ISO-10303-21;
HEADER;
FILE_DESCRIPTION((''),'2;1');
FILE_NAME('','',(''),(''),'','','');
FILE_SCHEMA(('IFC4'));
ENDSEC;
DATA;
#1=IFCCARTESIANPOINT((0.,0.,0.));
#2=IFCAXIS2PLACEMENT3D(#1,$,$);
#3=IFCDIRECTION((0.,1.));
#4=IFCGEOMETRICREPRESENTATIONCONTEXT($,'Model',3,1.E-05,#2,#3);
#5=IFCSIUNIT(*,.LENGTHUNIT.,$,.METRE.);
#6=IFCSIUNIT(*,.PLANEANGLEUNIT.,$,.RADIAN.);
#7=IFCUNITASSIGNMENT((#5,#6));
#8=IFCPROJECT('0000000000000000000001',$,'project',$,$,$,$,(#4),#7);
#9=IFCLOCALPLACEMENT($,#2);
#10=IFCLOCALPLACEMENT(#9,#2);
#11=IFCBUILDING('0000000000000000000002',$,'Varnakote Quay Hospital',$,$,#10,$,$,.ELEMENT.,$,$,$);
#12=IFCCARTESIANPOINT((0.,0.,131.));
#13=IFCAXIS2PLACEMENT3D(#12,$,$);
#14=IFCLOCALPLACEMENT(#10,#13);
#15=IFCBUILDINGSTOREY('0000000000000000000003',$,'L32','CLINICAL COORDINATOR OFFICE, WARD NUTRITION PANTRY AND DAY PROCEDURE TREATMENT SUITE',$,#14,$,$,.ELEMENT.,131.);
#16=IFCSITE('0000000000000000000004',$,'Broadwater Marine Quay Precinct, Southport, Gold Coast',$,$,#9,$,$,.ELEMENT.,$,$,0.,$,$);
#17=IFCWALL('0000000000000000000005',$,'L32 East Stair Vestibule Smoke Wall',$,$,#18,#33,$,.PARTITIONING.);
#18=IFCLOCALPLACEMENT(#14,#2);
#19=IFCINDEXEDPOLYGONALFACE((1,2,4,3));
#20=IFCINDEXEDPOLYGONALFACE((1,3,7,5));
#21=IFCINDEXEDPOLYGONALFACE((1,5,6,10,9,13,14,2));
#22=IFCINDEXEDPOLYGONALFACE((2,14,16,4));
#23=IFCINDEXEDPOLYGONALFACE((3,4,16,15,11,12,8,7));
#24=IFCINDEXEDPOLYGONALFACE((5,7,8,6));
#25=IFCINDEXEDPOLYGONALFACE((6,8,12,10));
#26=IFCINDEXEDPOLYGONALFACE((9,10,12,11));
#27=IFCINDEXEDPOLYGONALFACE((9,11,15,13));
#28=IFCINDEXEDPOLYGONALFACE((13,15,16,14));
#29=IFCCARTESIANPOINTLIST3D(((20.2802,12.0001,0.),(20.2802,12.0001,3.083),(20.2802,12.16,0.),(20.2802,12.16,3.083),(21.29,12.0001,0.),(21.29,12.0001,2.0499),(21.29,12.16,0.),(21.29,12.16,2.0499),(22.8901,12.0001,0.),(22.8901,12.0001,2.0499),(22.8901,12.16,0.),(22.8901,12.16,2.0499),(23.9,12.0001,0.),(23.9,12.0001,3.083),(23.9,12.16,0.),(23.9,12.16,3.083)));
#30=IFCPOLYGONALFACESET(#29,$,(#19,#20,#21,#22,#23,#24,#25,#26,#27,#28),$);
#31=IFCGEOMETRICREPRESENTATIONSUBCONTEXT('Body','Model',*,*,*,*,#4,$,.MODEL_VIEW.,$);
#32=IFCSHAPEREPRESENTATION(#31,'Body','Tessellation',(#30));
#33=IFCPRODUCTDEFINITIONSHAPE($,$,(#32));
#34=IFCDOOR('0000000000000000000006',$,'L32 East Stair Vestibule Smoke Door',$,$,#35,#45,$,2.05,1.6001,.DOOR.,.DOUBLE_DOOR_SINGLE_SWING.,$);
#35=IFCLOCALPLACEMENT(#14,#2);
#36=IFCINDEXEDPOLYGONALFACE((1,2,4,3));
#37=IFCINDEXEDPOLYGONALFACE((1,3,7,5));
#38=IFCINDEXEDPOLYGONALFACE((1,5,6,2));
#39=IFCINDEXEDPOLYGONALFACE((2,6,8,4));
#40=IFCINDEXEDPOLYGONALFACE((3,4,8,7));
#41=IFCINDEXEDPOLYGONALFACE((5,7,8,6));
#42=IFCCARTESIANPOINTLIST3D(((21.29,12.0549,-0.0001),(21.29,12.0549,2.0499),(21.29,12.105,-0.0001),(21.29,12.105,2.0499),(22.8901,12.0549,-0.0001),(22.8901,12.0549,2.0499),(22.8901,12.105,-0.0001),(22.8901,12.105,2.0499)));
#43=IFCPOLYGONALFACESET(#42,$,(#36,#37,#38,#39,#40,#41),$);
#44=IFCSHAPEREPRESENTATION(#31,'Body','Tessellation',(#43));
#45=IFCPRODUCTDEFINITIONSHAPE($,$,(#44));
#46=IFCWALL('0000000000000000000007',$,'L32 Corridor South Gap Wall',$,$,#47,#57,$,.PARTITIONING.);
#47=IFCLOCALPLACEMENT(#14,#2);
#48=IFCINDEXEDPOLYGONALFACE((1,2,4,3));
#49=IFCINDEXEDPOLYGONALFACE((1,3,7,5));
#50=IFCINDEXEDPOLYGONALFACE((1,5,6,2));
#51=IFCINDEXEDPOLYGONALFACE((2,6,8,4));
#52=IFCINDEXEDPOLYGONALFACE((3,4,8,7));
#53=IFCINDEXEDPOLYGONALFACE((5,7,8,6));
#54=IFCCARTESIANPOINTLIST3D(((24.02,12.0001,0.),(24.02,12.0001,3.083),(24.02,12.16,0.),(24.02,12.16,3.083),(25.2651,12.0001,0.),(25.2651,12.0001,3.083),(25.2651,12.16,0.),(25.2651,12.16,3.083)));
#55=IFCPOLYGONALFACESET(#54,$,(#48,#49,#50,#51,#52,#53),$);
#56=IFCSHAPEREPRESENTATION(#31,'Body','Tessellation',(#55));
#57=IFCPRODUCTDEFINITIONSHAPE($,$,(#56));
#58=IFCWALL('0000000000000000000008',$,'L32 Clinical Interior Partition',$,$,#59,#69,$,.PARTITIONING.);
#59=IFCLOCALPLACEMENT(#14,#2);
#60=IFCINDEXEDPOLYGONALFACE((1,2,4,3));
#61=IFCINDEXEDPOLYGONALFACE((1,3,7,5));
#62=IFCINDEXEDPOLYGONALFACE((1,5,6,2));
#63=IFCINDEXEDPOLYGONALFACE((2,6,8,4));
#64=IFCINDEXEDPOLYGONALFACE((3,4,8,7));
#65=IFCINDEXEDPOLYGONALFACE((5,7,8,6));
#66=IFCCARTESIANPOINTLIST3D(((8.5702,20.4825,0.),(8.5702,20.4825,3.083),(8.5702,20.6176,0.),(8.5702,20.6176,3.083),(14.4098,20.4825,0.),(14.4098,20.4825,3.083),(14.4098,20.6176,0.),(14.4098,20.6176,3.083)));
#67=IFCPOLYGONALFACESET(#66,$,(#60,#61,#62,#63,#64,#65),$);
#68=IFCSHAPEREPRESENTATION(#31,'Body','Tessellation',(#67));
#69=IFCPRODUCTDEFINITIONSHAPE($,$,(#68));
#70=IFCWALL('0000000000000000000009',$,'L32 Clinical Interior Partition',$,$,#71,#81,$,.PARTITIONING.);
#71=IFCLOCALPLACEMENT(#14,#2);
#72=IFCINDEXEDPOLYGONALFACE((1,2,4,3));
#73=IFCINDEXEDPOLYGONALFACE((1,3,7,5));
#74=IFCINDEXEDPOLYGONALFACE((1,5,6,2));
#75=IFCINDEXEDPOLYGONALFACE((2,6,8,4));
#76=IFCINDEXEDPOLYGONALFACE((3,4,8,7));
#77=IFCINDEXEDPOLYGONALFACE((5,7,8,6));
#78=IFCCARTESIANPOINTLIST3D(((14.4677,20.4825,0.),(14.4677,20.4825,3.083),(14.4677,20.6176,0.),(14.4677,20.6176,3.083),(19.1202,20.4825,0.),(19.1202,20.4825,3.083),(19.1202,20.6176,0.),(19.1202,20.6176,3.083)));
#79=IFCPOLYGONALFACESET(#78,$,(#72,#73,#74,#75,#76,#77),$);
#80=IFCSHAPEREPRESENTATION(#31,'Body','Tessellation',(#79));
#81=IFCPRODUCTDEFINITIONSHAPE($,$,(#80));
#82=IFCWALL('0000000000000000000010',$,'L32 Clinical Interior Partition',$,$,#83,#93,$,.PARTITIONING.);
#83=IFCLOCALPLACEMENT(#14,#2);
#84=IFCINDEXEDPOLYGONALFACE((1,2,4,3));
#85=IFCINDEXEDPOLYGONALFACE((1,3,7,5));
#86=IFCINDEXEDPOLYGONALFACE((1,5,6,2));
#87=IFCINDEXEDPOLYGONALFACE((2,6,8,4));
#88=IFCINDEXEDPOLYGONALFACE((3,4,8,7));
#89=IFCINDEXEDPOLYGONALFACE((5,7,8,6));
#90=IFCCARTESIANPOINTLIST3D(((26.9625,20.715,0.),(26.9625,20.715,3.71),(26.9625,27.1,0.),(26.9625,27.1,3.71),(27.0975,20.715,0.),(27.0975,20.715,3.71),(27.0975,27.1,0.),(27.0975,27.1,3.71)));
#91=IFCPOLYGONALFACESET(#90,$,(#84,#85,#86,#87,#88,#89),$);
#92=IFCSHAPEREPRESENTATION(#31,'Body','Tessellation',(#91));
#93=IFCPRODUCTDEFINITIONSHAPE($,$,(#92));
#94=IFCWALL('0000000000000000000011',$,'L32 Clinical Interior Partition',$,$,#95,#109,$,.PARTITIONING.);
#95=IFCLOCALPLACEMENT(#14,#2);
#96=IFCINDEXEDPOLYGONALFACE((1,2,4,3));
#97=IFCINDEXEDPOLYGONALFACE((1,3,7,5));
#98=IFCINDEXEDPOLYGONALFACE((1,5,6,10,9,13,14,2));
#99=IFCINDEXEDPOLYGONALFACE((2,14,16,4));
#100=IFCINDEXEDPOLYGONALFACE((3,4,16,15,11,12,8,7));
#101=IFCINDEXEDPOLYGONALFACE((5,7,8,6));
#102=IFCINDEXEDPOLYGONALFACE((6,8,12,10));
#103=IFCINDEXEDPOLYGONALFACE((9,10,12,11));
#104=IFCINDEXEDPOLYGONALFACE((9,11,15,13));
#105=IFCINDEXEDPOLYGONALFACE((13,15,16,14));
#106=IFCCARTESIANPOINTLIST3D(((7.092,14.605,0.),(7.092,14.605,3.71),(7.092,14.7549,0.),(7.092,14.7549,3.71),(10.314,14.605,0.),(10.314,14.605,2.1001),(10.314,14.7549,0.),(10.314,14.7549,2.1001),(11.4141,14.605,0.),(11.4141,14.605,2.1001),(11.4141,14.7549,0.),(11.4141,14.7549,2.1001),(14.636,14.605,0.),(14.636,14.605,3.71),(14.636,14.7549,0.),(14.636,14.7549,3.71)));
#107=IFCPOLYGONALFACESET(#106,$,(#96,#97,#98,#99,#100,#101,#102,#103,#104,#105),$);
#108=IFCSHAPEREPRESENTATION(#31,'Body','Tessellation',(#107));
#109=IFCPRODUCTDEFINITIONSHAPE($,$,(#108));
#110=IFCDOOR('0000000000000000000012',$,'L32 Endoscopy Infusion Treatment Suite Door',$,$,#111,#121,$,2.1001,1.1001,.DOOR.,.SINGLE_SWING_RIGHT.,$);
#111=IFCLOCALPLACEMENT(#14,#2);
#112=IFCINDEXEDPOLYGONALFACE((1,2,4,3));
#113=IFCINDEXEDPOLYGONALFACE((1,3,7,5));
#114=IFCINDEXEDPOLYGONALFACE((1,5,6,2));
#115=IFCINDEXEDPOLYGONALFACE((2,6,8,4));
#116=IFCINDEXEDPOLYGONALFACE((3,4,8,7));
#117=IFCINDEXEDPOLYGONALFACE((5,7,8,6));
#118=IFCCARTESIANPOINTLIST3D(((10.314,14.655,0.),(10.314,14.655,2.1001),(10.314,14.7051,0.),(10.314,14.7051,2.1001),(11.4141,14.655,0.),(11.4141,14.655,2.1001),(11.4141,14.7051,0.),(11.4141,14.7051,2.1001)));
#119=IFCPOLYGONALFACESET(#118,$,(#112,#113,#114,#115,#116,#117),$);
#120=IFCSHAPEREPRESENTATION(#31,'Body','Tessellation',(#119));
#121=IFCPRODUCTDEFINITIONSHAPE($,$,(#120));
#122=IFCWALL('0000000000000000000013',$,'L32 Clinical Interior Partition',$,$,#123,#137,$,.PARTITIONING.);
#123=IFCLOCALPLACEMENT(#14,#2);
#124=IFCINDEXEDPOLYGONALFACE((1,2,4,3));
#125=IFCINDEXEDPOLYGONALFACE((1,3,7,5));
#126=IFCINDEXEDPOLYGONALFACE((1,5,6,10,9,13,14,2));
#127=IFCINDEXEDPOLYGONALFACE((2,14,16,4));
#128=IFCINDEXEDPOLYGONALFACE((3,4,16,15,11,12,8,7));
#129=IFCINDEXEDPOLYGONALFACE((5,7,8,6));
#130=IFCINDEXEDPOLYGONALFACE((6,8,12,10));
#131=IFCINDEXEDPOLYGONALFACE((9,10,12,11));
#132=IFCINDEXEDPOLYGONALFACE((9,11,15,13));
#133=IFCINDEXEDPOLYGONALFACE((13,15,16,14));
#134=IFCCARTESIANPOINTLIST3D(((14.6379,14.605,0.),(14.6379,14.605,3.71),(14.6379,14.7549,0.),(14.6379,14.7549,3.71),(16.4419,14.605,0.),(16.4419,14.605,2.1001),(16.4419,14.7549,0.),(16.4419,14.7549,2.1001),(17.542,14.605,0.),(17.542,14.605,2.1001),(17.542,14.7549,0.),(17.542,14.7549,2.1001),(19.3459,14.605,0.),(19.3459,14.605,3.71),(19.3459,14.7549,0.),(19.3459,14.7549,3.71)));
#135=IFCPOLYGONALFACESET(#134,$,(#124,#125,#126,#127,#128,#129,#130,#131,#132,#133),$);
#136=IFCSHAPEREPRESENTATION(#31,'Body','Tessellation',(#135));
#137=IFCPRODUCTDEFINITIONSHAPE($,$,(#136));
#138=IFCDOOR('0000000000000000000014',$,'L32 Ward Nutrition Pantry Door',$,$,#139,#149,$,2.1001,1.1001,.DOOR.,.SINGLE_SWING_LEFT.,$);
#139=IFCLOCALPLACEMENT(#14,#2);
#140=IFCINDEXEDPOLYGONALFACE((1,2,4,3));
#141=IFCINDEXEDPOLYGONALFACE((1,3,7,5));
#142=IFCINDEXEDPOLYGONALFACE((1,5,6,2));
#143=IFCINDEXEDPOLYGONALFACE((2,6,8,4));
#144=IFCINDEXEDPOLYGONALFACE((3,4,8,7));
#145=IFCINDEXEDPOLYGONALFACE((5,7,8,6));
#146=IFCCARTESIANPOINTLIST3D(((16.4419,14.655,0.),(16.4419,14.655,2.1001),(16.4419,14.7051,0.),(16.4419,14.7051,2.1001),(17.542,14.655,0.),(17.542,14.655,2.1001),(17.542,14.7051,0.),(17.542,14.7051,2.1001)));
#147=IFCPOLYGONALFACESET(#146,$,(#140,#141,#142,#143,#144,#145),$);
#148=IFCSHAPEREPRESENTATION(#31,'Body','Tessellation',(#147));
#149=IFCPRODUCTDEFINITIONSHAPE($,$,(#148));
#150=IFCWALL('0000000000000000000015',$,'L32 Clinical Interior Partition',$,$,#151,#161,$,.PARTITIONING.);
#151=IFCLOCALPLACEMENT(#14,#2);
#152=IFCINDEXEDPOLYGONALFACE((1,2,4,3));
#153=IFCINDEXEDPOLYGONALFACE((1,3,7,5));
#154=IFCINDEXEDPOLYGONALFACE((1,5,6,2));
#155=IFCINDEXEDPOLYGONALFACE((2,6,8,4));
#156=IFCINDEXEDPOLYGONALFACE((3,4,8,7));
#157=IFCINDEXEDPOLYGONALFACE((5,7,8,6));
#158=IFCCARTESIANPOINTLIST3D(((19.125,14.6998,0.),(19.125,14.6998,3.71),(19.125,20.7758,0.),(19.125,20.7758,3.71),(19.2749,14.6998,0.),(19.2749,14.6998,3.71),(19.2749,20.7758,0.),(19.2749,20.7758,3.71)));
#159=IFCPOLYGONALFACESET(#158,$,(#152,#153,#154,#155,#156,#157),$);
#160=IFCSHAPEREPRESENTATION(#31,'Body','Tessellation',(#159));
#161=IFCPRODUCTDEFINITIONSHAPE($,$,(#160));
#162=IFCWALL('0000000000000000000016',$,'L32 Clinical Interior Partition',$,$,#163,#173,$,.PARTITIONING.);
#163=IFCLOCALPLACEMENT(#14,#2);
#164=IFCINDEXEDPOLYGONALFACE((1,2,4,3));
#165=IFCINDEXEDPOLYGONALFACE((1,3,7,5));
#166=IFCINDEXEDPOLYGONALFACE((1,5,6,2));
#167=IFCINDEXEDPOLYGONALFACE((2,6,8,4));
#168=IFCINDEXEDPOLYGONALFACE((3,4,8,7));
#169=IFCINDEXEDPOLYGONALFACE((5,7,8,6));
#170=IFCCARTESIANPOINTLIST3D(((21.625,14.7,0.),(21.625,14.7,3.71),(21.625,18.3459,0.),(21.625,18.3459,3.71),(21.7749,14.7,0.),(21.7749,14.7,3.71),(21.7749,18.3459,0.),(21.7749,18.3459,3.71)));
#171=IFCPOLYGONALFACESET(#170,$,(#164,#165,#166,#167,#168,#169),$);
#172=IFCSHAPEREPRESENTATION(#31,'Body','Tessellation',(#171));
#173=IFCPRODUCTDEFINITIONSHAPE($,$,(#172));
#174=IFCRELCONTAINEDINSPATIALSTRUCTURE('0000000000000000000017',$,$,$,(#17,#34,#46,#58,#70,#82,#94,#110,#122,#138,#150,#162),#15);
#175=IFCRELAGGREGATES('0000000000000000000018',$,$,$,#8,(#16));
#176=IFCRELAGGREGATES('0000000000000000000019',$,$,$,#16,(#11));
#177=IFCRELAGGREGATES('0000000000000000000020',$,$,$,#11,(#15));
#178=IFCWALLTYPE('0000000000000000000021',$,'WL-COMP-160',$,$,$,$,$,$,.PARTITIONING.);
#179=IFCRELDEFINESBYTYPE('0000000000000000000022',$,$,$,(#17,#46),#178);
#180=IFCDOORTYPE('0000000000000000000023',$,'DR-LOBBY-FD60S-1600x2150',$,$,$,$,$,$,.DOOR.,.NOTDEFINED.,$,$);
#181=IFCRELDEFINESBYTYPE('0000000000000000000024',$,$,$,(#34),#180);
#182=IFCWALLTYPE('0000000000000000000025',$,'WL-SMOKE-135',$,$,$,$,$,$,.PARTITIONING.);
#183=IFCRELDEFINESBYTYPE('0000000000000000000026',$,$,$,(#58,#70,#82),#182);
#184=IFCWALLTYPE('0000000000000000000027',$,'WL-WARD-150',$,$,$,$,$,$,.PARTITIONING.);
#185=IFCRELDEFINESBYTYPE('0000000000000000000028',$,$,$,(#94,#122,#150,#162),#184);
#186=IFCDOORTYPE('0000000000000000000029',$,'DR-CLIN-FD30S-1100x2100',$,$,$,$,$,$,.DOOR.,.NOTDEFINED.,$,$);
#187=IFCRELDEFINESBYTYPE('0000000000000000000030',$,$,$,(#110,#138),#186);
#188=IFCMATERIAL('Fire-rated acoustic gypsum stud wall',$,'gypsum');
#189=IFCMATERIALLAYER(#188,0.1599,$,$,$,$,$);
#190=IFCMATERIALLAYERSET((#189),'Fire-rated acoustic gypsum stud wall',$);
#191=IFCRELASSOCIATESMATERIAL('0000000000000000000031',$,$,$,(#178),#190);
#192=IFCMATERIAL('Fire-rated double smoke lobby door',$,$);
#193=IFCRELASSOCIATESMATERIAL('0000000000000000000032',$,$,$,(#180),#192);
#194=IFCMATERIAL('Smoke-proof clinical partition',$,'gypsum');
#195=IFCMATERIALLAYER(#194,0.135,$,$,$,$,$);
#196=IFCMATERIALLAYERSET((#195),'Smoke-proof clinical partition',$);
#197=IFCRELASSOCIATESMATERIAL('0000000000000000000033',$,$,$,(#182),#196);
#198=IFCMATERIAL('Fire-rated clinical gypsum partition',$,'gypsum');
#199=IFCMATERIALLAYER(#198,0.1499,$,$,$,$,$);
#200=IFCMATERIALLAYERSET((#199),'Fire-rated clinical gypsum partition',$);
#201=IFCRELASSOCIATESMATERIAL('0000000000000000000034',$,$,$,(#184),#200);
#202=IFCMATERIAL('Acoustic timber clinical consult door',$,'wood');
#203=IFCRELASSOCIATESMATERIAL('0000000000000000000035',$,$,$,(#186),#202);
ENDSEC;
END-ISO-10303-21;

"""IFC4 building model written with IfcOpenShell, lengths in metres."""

from ifc_helpers import new_model, si_unit, direction, frame, frame_2d, origin, place, context, subcontext, project, spatial, rectangle, extrude, material, layer, layer_set, type_object, element, fill, save


model = new_model("IFC4")

# Units and contexts
model_context = context("Model", 3, precision=1e-05, world=origin(), true_north=direction((0.0, 1.0)))
body_context = subcontext(model_context, "Body", "Model", "MODEL_VIEW")
ifc_project = project(units=[si_unit("LENGTHUNIT", "METRE"), si_unit("PLANEANGLEUNIT", "RADIAN")], contexts=[model_context])

# Site, building, storey
site_placement = place(None, origin())
site = spatial("IfcSite", under=ifc_project, at=site_placement, Name="Broadwater Marine Quay Precinct, Southport, Gold Coast", CompositionType="ELEMENT", RefElevation=0.0)
building_placement = place(site_placement, origin())
building = spatial("IfcBuilding", under=site, at=building_placement, Name="Varnakote Quay Hospital", CompositionType="ELEMENT")
storey_placement = place(building_placement, frame((0.0, 0.0, 131.0)))
storey = spatial("IfcBuildingStorey", under=building, at=storey_placement, Name="L32", Description="CLINICAL COORDINATOR OFFICE, WARD NUTRITION PANTRY AND DAY PROCEDURE TREATMENT SUITE", CompositionType="ELEMENT", Elevation=131.0)

# Wall, opening, door
ifc_material_1 = material(Name="Fire-rated acoustic gypsum stud wall", Category="gypsum")
ifc_layer_1 = layer(ifc_material_1, 0.1599)
ifc_layer_set_1 = layer_set([ifc_layer_1], Name="Fire-rated acoustic gypsum stud wall")
wall_type_1 = type_object("IfcWallType", Name="WL-COMP-160", PredefinedType="PARTITIONING", material=ifc_layer_set_1)
wall_1_placement = place(storey_placement, frame((20.28, 12.0801, 0.0), z_axis=(0.0, 0.0, 1.0), x_axis=(1.0, 0.0, 0.0)))
wall_1 = element("IfcWall", 1, at=wall_1_placement, inside=storey, type_object=wall_type_1, Name="L32 East Stair Vestibule Smoke Wall", PredefinedType="PARTITIONING", context=body_context, shape_type="SweptSolid", body=[
    extrude(rectangle(XDim=3.6199, YDim=0.1599, at=frame_2d((1.8101, 0.0))), origin(), (0.0, 0.0, 1.0), 3.083),
])
opening_1_placement = place(wall_1_placement, frame((1.01, 0.0, 0.0)))
opening_1 = element("IfcOpeningElement", 2, at=opening_1_placement, cuts=wall_1, PredefinedType="OPENING", context=body_context, shape_type="SweptSolid", body=[
    extrude(rectangle(XDim=1.6001, YDim=2.05, at=frame_2d((0.8, 1.0249))), frame((0.0, 0.0898, 0.0), z_axis=(0.0, -1.0, 0.0), x_axis=(1.0, 0.0, 0.0)), (0.0, 0.0, 1.0), 0.1799),
])
ifc_material_2 = material(Name="Fire-rated double smoke lobby door")
door_type_1 = type_object("IfcDoorType", Name="DR-LOBBY-FD60S-1600x2150", OperationType="NOTDEFINED", PredefinedType="DOOR", material=ifc_material_2)
door_1_placement = place(opening_1_placement, origin())
door_1 = element("IfcDoor", 3, at=door_1_placement, inside=storey, type_object=door_type_1, Name="L32 East Stair Vestibule Smoke Door", OperationType="DOUBLE_DOOR_SINGLE_SWING", OverallHeight=2.05, OverallWidth=1.6001, PredefinedType="DOOR", context=body_context, shape_type="SweptSolid", body=[
    extrude(rectangle(XDim=1.6001, YDim=2.05, at=frame_2d((0.8, 1.0249))), frame((0.0, 0.0249, 0.0), z_axis=(0.0, -1.0, 0.0), x_axis=(1.0, 0.0, 0.0)), (0.0, 0.0, 1.0), 0.05),
])
fill(opening_1, door_1)

# Walls
wall_2_placement = place(storey_placement, frame((24.02, 12.0801, 0.0), z_axis=(0.0, 0.0, 1.0), x_axis=(1.0, 0.0, 0.0)))
element("IfcWall", 4, at=wall_2_placement, inside=storey, type_object=wall_type_1, Name="L32 Corridor South Gap Wall", PredefinedType="PARTITIONING", context=body_context, shape_type="SweptSolid", body=[
    extrude(rectangle(XDim=1.2451, YDim=0.1599, at=frame_2d((0.6226, 0.0))), origin(), (0.0, 0.0, 1.0), 3.083),
])
ifc_material_3 = material(Name="Smoke-proof clinical partition", Category="gypsum")
ifc_layer_2 = layer(ifc_material_3, 0.135)
ifc_layer_set_2 = layer_set([ifc_layer_2], Name="Smoke-proof clinical partition")
wall_type_2 = type_object("IfcWallType", Name="WL-SMOKE-135", PredefinedType="PARTITIONING", material=ifc_layer_set_2)
wall_3_placement = place(storey_placement, frame((14.4099, 20.55, 0.0), z_axis=(0.0, 0.0, 1.0), x_axis=(-1.0, 0.0, 0.0)))
element("IfcWall", 5, at=wall_3_placement, inside=storey, type_object=wall_type_2, Name="L32 Clinical Interior Partition", PredefinedType="PARTITIONING", context=body_context, shape_type="SweptSolid", body=[
    extrude(rectangle(XDim=5.8396, YDim=0.135, at=frame_2d((2.9199, 0.0))), origin(), (0.0, 0.0, 1.0), 3.083),
])
wall_4_placement = place(storey_placement, frame((19.1201, 20.55, 0.0), z_axis=(0.0, 0.0, 1.0), x_axis=(-1.0, 0.0, 0.0)))
element("IfcWall", 6, at=wall_4_placement, inside=storey, type_object=wall_type_2, Name="L32 Clinical Interior Partition", PredefinedType="PARTITIONING", context=body_context, shape_type="SweptSolid", body=[
    extrude(rectangle(XDim=4.6526, YDim=0.135, at=frame_2d((2.3262, 0.0))), origin(), (0.0, 0.0, 1.0), 3.083),
])
wall_5_placement = place(storey_placement, frame((27.03, 20.7151, 0.0), z_axis=(0.0, 0.0, 1.0), x_axis=(0.0, 1.0, 0.0)))
element("IfcWall", 7, at=wall_5_placement, inside=storey, type_object=wall_type_2, Name="L32 Clinical Interior Partition", PredefinedType="PARTITIONING", context=body_context, shape_type="SweptSolid", body=[
    extrude(rectangle(XDim=6.385, YDim=0.135, at=frame_2d((3.1924, 0.0))), origin(), (0.0, 0.0, 1.0), 3.71),
])

# Walls, openings, doors
ifc_material_4 = material(Name="Fire-rated clinical gypsum partition", Category="gypsum")
ifc_layer_3 = layer(ifc_material_4, 0.1499)
ifc_layer_set_3 = layer_set([ifc_layer_3], Name="Fire-rated clinical gypsum partition")
wall_type_3 = type_object("IfcWallType", Name="WL-WARD-150", PredefinedType="PARTITIONING", material=ifc_layer_set_3)
wall_6_placement = place(storey_placement, frame((14.636, 14.6799, 0.0), z_axis=(0.0, 0.0, 1.0), x_axis=(-1.0, 0.0, 0.0)))
wall_6 = element("IfcWall", 8, at=wall_6_placement, inside=storey, type_object=wall_type_3, Name="L32 Clinical Interior Partition", PredefinedType="PARTITIONING", context=body_context, shape_type="SweptSolid", body=[
    extrude(rectangle(XDim=7.5439, YDim=0.1499, at=frame_2d((3.772, 0.0))), origin(), (0.0, 0.0, 1.0), 3.71),
])
opening_2_placement = place(wall_6_placement, frame((3.2219, 0.0, 0.0)))
opening_2 = element("IfcOpeningElement", 9, at=opening_2_placement, cuts=wall_6, PredefinedType="OPENING", context=body_context, shape_type="SweptSolid", body=[
    extrude(rectangle(XDim=1.1001, YDim=2.1001, at=frame_2d((0.55, 1.05))), frame((0.0, 0.085, 0.0), z_axis=(0.0, -1.0, 0.0), x_axis=(1.0, 0.0, 0.0)), (0.0, 0.0, 1.0), 0.1699),
])
ifc_material_5 = material(Name="Acoustic timber clinical consult door", Category="wood")
door_type_2 = type_object("IfcDoorType", Name="DR-CLIN-FD30S-1100x2100", OperationType="NOTDEFINED", PredefinedType="DOOR", material=ifc_material_5)
door_2_placement = place(opening_2_placement, origin())
door_2 = element("IfcDoor", 10, at=door_2_placement, inside=storey, type_object=door_type_2, Name="L32 Endoscopy Infusion Treatment Suite Door", OperationType="SINGLE_SWING_RIGHT", OverallHeight=2.1001, OverallWidth=1.1001, PredefinedType="DOOR", context=body_context, shape_type="SweptSolid", body=[
    extrude(rectangle(XDim=1.1001, YDim=2.1001, at=frame_2d((0.55, 1.05))), frame((0.0, 0.0249, 0.0), z_axis=(0.0, -1.0, 0.0), x_axis=(1.0, 0.0, 0.0)), (0.0, 0.0, 1.0), 0.05),
])
fill(opening_2, door_2)
wall_7_placement = place(storey_placement, frame((19.3459, 14.6799, 0.0), z_axis=(0.0, 0.0, 1.0), x_axis=(-1.0, 0.0, 0.0)))
wall_7 = element("IfcWall", 11, at=wall_7_placement, inside=storey, type_object=wall_type_3, Name="L32 Clinical Interior Partition", PredefinedType="PARTITIONING", context=body_context, shape_type="SweptSolid", body=[
    extrude(rectangle(XDim=4.708, YDim=0.1499, at=frame_2d((2.354, 0.0))), origin(), (0.0, 0.0, 1.0), 3.71),
])
opening_3_placement = place(wall_7_placement, frame((1.804, 0.0, 0.0)))
opening_3 = element("IfcOpeningElement", 12, at=opening_3_placement, cuts=wall_7, PredefinedType="OPENING", context=body_context, shape_type="SweptSolid", body=[
    extrude(rectangle(XDim=1.1001, YDim=2.1001, at=frame_2d((0.55, 1.05))), frame((0.0, 0.085, 0.0), z_axis=(0.0, -1.0, 0.0), x_axis=(1.0, 0.0, 0.0)), (0.0, 0.0, 1.0), 0.1699),
])
door_3_placement = place(opening_3_placement, origin())
door_3 = element("IfcDoor", 13, at=door_3_placement, inside=storey, type_object=door_type_2, Name="L32 Ward Nutrition Pantry Door", OperationType="SINGLE_SWING_LEFT", OverallHeight=2.1001, OverallWidth=1.1001, PredefinedType="DOOR", context=body_context, shape_type="SweptSolid", body=[
    extrude(rectangle(XDim=1.1001, YDim=2.1001, at=frame_2d((0.55, 1.05))), frame((0.0, 0.0249, 0.0), z_axis=(0.0, -1.0, 0.0), x_axis=(1.0, 0.0, 0.0)), (0.0, 0.0, 1.0), 0.05),
])
fill(opening_3, door_3)

# Walls
wall_8_placement = place(storey_placement, frame((19.2, 20.7759, 0.0), z_axis=(0.0, 0.0, 1.0), x_axis=(0.0, -1.0, 0.0)))
element("IfcWall", 14, at=wall_8_placement, inside=storey, type_object=wall_type_3, Name="L32 Clinical Interior Partition", PredefinedType="PARTITIONING", context=body_context, shape_type="SweptSolid", body=[
    extrude(rectangle(XDim=6.0759, YDim=0.1499, at=frame_2d((3.0381, 0.0))), origin(), (0.0, 0.0, 1.0), 3.71),
])
wall_9_placement = place(storey_placement, frame((21.7, 14.7, 0.0), z_axis=(0.0, 0.0, 1.0), x_axis=(0.0, 1.0, 0.0)))
element("IfcWall", 15, at=wall_9_placement, inside=storey, type_object=wall_type_3, Name="L32 Clinical Interior Partition", PredefinedType="PARTITIONING", context=body_context, shape_type="SweptSolid", body=[
    extrude(rectangle(XDim=3.646, YDim=0.1499, at=frame_2d((1.823, 0.0))), origin(), (0.0, 0.0, 1.0), 3.71),
])

save(model, "model.ifc")
